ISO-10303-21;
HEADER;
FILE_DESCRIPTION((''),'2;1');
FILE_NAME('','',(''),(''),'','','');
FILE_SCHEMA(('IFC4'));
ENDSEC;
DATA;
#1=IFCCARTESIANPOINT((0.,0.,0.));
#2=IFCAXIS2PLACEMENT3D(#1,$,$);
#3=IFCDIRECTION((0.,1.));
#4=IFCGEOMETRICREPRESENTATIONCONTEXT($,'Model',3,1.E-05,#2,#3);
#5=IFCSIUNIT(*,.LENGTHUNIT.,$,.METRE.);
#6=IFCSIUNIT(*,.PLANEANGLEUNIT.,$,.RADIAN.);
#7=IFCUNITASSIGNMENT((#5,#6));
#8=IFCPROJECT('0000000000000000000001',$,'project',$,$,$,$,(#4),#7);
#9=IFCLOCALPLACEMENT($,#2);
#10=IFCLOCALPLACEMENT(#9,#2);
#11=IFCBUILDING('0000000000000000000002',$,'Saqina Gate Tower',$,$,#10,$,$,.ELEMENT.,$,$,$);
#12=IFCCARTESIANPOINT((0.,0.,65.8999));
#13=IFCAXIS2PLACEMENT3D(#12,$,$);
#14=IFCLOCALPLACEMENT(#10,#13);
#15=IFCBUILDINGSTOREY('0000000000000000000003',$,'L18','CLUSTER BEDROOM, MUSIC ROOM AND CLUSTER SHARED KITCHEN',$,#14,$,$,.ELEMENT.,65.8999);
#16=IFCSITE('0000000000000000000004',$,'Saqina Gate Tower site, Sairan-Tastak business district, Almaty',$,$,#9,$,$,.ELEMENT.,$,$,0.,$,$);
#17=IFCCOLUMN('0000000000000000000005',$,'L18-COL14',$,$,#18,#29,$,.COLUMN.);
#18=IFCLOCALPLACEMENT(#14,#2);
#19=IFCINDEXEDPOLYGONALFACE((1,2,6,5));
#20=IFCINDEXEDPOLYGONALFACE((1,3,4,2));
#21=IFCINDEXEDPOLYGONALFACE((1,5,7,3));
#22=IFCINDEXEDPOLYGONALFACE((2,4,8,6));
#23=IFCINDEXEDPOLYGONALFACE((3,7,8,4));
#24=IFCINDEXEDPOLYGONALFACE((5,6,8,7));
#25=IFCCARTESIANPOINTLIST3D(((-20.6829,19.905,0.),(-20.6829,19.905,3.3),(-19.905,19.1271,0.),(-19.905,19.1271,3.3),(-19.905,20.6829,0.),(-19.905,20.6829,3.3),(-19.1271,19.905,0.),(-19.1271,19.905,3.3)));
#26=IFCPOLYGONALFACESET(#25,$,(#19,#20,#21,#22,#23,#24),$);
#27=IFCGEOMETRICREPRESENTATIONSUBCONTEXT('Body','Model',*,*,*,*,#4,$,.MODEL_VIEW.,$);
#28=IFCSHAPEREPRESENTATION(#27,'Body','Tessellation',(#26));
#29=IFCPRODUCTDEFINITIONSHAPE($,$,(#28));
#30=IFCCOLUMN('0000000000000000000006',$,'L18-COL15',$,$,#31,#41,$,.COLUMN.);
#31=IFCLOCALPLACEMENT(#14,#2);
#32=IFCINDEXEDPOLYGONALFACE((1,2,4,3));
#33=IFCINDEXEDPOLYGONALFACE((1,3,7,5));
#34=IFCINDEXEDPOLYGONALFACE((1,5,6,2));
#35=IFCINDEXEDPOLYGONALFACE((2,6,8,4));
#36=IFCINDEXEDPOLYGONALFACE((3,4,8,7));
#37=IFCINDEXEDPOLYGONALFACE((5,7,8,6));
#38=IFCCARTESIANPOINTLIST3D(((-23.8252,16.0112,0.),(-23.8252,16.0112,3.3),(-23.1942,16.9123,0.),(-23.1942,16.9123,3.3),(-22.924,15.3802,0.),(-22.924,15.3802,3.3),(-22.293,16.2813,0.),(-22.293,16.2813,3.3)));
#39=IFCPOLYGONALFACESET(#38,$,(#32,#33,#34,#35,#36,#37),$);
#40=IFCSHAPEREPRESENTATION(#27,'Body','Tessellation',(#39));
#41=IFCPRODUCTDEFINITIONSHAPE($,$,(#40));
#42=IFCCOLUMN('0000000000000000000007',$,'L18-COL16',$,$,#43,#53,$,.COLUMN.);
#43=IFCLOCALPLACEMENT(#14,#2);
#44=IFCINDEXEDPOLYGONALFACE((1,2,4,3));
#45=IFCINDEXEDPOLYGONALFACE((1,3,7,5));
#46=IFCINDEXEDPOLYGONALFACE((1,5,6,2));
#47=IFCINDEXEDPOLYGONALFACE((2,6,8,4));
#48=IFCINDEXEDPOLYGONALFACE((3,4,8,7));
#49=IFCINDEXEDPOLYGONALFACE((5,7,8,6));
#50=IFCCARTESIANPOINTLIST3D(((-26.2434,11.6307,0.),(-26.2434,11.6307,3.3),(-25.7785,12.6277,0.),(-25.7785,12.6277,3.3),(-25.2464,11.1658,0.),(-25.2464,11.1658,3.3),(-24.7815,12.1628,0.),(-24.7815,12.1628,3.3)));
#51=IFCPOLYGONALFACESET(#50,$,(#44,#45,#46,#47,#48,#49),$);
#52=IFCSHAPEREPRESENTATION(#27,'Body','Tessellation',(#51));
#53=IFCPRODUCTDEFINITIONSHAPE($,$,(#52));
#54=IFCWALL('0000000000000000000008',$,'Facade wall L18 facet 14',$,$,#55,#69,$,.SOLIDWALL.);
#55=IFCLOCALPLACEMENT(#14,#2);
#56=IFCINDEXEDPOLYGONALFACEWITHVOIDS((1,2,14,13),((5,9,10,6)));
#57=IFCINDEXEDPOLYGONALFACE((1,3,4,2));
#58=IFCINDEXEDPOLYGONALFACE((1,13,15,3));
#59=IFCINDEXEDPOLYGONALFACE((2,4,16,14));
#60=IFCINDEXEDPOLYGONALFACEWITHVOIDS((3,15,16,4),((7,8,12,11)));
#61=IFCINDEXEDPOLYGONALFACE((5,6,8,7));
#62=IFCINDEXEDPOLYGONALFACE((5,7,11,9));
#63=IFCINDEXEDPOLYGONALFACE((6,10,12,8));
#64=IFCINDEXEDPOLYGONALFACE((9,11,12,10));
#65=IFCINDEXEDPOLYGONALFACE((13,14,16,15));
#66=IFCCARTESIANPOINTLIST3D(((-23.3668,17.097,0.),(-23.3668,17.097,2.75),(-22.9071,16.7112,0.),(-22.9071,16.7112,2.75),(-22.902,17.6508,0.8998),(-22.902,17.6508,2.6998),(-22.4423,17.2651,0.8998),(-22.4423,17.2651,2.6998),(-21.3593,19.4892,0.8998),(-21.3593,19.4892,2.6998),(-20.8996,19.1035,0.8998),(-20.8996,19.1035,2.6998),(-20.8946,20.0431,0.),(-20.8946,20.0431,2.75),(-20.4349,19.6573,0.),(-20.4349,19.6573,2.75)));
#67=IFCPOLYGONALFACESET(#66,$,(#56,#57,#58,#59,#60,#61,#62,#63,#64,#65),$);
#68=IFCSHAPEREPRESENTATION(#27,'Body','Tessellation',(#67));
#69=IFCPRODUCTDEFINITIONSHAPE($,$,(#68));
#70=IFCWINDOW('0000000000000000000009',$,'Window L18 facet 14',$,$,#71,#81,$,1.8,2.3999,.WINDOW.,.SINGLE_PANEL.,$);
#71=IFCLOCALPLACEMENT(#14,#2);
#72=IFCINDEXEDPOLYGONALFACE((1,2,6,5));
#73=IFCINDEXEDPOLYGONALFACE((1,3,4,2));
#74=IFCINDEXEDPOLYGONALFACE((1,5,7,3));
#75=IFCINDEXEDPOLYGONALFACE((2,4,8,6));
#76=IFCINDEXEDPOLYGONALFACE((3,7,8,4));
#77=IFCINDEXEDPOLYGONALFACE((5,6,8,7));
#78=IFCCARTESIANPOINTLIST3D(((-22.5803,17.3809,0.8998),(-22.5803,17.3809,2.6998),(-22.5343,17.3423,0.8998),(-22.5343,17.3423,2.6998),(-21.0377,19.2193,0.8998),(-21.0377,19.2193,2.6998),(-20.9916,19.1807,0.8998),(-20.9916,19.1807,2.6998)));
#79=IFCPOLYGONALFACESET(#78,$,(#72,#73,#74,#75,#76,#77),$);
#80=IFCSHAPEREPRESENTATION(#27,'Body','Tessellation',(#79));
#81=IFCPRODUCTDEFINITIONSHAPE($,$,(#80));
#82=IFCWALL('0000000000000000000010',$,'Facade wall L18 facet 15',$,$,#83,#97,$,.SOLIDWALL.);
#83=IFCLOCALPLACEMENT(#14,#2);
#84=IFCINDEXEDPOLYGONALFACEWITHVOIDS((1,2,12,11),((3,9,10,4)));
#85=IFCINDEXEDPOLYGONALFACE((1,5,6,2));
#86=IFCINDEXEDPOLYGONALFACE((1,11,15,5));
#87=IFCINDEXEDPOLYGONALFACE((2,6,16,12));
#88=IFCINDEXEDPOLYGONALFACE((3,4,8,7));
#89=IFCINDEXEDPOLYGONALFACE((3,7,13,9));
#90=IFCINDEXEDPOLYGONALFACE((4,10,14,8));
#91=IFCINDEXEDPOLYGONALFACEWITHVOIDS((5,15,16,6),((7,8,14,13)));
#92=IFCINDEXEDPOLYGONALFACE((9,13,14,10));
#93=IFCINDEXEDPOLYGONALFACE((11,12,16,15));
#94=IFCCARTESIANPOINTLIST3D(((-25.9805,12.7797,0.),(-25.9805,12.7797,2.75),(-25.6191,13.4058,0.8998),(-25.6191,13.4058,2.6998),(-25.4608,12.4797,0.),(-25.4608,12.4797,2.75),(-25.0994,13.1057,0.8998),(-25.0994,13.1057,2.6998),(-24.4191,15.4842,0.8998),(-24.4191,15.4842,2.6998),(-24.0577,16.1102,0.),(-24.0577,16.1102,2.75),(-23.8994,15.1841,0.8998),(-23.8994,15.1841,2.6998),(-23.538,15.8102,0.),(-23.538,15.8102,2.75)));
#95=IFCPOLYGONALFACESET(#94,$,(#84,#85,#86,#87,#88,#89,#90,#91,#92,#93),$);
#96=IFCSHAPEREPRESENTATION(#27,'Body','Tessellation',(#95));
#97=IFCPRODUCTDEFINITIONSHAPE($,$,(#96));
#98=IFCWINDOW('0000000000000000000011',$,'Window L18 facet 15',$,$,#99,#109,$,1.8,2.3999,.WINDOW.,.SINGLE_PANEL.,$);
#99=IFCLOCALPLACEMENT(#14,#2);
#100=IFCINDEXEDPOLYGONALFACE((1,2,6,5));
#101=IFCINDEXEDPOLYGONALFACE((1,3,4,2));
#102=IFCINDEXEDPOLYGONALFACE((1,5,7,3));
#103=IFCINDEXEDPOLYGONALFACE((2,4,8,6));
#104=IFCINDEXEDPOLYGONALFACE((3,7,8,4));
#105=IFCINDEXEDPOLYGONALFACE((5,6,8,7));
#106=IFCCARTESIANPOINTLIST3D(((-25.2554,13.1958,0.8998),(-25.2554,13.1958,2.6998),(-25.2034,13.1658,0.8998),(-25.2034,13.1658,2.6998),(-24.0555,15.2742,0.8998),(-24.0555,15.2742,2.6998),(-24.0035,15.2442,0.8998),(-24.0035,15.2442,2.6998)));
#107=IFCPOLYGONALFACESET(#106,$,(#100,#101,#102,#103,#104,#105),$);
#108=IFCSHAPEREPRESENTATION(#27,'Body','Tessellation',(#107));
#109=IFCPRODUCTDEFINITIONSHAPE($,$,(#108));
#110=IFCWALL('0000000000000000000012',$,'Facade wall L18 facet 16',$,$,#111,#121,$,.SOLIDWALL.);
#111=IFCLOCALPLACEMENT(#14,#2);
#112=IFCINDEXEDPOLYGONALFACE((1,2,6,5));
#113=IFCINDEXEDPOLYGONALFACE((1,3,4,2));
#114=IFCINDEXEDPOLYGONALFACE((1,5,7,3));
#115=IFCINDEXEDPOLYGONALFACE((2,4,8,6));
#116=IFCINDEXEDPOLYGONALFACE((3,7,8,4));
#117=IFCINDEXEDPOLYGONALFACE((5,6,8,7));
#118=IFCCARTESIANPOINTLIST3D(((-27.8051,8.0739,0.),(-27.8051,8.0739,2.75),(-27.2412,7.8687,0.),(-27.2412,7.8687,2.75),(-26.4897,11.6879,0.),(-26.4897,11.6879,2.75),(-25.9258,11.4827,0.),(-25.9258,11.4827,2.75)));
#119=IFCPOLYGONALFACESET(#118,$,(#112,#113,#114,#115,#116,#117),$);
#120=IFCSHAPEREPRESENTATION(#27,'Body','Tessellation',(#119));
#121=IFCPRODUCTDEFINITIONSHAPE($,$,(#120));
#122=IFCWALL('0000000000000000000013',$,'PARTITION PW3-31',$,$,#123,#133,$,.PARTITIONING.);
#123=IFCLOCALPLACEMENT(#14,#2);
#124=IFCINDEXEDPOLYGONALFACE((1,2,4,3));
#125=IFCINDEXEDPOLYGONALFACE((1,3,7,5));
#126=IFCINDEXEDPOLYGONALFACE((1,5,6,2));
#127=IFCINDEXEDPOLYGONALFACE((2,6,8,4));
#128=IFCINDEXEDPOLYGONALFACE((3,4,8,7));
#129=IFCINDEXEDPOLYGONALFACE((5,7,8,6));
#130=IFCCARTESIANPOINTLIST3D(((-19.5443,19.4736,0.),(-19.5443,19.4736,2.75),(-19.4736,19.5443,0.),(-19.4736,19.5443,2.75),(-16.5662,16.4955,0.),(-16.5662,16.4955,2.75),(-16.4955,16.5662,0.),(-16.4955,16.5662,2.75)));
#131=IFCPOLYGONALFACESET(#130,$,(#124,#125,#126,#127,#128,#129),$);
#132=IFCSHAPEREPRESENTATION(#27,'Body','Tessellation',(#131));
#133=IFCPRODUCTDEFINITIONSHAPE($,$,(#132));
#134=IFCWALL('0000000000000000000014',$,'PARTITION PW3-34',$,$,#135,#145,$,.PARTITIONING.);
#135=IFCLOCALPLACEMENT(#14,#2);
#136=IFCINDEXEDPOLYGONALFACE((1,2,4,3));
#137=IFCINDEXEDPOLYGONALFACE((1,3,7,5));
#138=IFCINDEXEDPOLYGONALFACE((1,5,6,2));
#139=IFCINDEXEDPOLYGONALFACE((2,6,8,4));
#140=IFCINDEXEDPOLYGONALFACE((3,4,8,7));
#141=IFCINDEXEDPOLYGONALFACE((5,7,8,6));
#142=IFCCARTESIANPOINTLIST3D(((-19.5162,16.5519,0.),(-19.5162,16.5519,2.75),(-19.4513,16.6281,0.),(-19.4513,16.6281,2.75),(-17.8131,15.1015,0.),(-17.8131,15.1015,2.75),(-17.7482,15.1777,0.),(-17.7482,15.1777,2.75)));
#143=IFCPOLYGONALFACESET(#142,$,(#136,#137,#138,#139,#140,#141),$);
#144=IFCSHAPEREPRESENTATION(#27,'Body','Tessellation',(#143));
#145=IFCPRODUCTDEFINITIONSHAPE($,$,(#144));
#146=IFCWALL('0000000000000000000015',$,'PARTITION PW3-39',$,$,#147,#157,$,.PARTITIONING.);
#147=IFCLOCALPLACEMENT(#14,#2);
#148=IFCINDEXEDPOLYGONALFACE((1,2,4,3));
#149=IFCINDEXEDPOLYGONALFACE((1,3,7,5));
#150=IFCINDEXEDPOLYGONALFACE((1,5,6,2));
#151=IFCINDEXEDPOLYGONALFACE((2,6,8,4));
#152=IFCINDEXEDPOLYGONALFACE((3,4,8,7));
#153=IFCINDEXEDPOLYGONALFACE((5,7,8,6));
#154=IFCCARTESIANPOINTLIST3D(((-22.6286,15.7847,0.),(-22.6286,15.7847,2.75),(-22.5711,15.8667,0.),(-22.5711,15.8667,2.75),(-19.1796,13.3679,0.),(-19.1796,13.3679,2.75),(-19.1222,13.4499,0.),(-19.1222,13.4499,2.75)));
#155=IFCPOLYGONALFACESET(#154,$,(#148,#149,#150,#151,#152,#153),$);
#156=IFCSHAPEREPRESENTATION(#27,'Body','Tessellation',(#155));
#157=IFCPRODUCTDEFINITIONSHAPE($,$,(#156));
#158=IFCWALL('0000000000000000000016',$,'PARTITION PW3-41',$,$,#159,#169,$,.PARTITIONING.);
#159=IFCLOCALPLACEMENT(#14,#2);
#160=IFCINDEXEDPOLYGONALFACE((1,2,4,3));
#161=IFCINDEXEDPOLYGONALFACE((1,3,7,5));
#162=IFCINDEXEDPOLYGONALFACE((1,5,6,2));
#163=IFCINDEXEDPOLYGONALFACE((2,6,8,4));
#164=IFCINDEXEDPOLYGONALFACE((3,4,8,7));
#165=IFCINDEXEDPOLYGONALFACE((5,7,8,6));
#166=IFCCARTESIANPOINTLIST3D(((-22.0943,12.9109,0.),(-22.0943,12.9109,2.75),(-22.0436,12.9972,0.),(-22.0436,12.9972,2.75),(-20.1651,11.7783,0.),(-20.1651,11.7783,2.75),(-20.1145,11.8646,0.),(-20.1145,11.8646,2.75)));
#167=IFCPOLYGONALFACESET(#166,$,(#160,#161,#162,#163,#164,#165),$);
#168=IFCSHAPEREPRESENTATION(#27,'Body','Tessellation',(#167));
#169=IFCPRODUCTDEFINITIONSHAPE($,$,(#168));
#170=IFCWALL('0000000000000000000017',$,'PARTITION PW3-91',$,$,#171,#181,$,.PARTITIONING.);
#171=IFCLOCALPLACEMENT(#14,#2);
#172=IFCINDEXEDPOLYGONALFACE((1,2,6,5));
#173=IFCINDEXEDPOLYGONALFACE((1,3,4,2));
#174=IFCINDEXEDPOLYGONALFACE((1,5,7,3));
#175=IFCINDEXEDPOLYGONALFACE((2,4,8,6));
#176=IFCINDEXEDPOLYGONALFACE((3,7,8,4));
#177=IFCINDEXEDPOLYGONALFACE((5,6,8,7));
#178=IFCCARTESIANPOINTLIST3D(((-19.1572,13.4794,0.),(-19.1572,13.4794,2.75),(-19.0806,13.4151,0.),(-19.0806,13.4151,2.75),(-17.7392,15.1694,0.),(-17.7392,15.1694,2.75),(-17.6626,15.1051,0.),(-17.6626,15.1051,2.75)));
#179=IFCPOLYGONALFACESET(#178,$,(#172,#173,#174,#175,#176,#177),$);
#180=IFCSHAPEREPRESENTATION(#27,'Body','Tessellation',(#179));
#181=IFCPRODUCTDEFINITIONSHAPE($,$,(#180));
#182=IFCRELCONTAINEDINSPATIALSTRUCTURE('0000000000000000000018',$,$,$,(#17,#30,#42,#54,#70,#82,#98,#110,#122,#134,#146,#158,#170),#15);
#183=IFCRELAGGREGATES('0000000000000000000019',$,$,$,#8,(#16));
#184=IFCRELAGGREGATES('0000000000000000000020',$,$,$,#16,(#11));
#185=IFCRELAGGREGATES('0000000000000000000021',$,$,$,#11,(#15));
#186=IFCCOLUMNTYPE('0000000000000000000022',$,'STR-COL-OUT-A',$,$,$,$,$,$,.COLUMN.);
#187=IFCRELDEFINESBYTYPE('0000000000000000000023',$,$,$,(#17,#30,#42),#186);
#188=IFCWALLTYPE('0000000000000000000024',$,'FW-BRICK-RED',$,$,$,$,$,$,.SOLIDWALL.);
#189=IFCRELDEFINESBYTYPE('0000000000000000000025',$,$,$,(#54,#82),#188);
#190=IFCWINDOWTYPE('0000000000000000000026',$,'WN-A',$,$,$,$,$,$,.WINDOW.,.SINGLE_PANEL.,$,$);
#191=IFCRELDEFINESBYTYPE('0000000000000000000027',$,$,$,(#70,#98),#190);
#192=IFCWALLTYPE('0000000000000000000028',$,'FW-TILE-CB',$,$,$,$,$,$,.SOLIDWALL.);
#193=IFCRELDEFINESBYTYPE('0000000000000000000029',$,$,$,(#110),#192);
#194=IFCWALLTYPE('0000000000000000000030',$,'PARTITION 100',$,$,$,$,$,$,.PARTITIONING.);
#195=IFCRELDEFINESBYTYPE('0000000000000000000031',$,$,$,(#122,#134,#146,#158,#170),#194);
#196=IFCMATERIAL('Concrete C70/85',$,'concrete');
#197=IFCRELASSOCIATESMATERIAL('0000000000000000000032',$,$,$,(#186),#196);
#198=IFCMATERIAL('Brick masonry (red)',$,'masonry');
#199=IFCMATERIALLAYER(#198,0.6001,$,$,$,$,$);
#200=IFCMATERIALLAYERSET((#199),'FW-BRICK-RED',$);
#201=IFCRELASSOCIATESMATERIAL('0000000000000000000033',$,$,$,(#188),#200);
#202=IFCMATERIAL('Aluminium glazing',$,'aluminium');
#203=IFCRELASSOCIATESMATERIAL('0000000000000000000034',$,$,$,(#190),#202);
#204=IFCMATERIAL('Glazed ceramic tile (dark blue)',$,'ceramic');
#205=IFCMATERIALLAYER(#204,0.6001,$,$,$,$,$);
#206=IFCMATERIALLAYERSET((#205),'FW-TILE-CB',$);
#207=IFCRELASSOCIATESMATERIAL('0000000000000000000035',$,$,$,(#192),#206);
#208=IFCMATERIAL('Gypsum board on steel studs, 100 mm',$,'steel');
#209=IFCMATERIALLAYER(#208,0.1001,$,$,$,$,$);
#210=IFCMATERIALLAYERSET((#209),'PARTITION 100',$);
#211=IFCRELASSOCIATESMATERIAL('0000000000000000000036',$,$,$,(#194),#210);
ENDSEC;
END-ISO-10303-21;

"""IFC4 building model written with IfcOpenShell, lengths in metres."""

from ifc_helpers import new_model, si_unit, direction, frame, frame_2d, origin, origin_2d, place, context, subcontext, project, spatial, rectangle, extrude, material, layer, layer_set, material_profile, profile_set, type_object, element, fill, save


model = new_model("IFC4")

# Units and contexts
model_context = context("Model", 3, precision=1e-05, world=origin(), true_north=direction((0.0, 1.0)))
body_context = subcontext(model_context, "Body", "Model", "MODEL_VIEW")
ifc_project = project(units=[si_unit("LENGTHUNIT", "METRE"), si_unit("PLANEANGLEUNIT", "RADIAN")], contexts=[model_context])

# Site, building, storey
site_placement = place(None, origin())
site = spatial("IfcSite", under=ifc_project, at=site_placement, Name="Saqina Gate Tower site, Sairan-Tastak business district, Almaty", CompositionType="ELEMENT", RefElevation=0.0)
building_placement = place(site_placement, origin())
building = spatial("IfcBuilding", under=site, at=building_placement, Name="Saqina Gate Tower", CompositionType="ELEMENT")
storey_placement = place(building_placement, frame((0.0, 0.0, 65.8999)))
storey = spatial("IfcBuildingStorey", under=building, at=storey_placement, Name="L18", Description="CLUSTER BEDROOM, MUSIC ROOM AND CLUSTER SHARED KITCHEN", CompositionType="ELEMENT", Elevation=65.8999)

# Columns
ifc_material_1 = material(Name="Concrete C70/85", Category="concrete")
ifc_material_profile = material_profile(ifc_material_1, rectangle(XDim=1.1001, YDim=1.1001, at=origin_2d()), Name="RC 1100x1100")
ifc_profile_set = profile_set([ifc_material_profile], Name="Concrete C70/85")
column_type = type_object("IfcColumnType", Name="STR-COL-OUT-A", PredefinedType="COLUMN", material=ifc_profile_set)
for number, where, z_axis, x_axis, name in (
    (1, (-19.905, 19.905, 0.0), (0.0, 0.0, 1.0), (-0.707107, 0.707107, 0.0), "L18-COL14"),
    (2, (-23.0591, 16.1462, 0.0), (0.0, 0.0, 1.0), (-0.819152, 0.573576, 0.0), "L18-COL15"),
    (3, (-25.5125, 11.8967, 0.0), (0.0, 0.0, 1.0), (-0.906308, 0.422618, 0.0), "L18-COL16"),
):
    element("IfcColumn", number, at=place(storey_placement, frame(where, z_axis=z_axis, x_axis=x_axis)), inside=storey, type_object=column_type, Name=name, PredefinedType="COLUMN", context=body_context, shape_type="SweptSolid", body=[
        extrude(rectangle(XDim=1.1001, YDim=1.1001, at=origin_2d()), origin(), (0.0, 0.0, 1.0), 3.3),
    ])

# Walls, openings, windows
ifc_material_2 = material(Name="Brick masonry (red)", Category="masonry")
ifc_layer_1 = layer(ifc_material_2, 0.6001)
ifc_layer_set_1 = layer_set([ifc_layer_1], Name="FW-BRICK-RED")
wall_type_1 = type_object("IfcWallType", Name="FW-BRICK-RED", PredefinedType="SOLIDWALL", material=ifc_layer_set_1)
wall_1_placement = place(storey_placement, frame((-20.6648, 19.8501, 0.0), z_axis=(0.0, 0.0, 1.0), x_axis=(-0.642809, -0.766026, 0.0)))
wall_1 = element("IfcWall", 4, at=wall_1_placement, inside=storey, type_object=wall_type_1, Name="Facade wall L18 facet 14", PredefinedType="SOLIDWALL", context=body_context, shape_type="SweptSolid", body=[
    extrude(rectangle(XDim=3.8459, YDim=0.6001, at=frame_2d((1.9229, 0.0))), origin(), (0.0, 0.0, 1.0), 2.75),
])
opening_1_placement = place(wall_1_placement, frame((0.7229, 0.0, 0.8999)))
opening_1 = element("IfcOpeningElement", 5, at=opening_1_placement, cuts=wall_1, PredefinedType="OPENING", context=body_context, shape_type="SweptSolid", body=[
    extrude(rectangle(XDim=2.3999, YDim=1.8, at=frame_2d((1.2, 0.8999))), frame((0.0, 0.312, 0.0), z_axis=(0.0, -1.0, 0.0), x_axis=(1.0, 0.0, 0.0)), (0.0, 0.0, 1.0), 0.624),
])
ifc_material_3 = material(Name="Aluminium glazing", Category="aluminium")
window_type = type_object("IfcWindowType", Name="WN-A", PartitioningType="SINGLE_PANEL", PredefinedType="WINDOW", material=ifc_material_3)
window_1_placement = place(opening_1_placement, origin())
window_1 = element("IfcWindow", 6, at=window_1_placement, inside=storey, type_object=window_type, Name="Window L18 facet 14", OverallHeight=1.8, OverallWidth=2.3999, PartitioningType="SINGLE_PANEL", PredefinedType="WINDOW", context=body_context, shape_type="SweptSolid", body=[
    extrude(rectangle(XDim=2.3999, YDim=1.8, at=frame_2d((1.2, 0.8999))), frame((0.0, 0.1799, 0.0), z_axis=(0.0, -1.0, 0.0), x_axis=(1.0, 0.0, 0.0)), (0.0, 0.0, 1.0), 0.0601),
])
fill(opening_1, window_1)
wall_2_placement = place(storey_placement, frame((-23.7979, 15.9602, 0.0), z_axis=(0.0, 0.0, 1.0), x_axis=(-0.49999, -0.866031, 0.0)))
wall_2 = element("IfcWall", 7, at=wall_2_placement, inside=storey, type_object=wall_type_1, Name="Facade wall L18 facet 15", PredefinedType="SOLIDWALL", context=body_context, shape_type="SweptSolid", body=[
    extrude(rectangle(XDim=3.8457, YDim=0.6001, at=frame_2d((1.9229, 0.0))), origin(), (0.0, 0.0, 1.0), 2.75),
])
opening_2_placement = place(wall_2_placement, frame((0.7229, 0.0, 0.8999)))
opening_2 = element("IfcOpeningElement", 8, at=opening_2_placement, cuts=wall_2, PredefinedType="OPENING", context=body_context, shape_type="SweptSolid", body=[
    extrude(rectangle(XDim=2.3999, YDim=1.8, at=frame_2d((1.2, 0.8999))), frame((0.0, 0.312, 0.0), z_axis=(0.0, -1.0, 0.0), x_axis=(1.0, 0.0, 0.0)), (0.0, 0.0, 1.0), 0.624),
])
window_2_placement = place(opening_2_placement, origin())
window_2 = element("IfcWindow", 9, at=window_2_placement, inside=storey, type_object=window_type, Name="Window L18 facet 15", OverallHeight=1.8, OverallWidth=2.3999, PartitioningType="SINGLE_PANEL", PredefinedType="WINDOW", context=body_context, shape_type="SweptSolid", body=[
    extrude(rectangle(XDim=2.3999, YDim=1.8, at=frame_2d((1.2, 0.8999))), frame((0.0, 0.1799, 0.0), z_axis=(0.0, -1.0, 0.0), x_axis=(1.0, 0.0, 0.0)), (0.0, 0.0, 1.0), 0.0601),
])
fill(opening_2, window_2)

# Walls
ifc_material_4 = material(Name="Glazed ceramic tile (dark blue)", Category="ceramic")
ifc_layer_2 = layer(ifc_material_4, 0.6001)
ifc_layer_set_2 = layer_set([ifc_layer_2], Name="FW-TILE-CB")
wall_type_2 = type_object("IfcWallType", Name="FW-TILE-CB", PredefinedType="SOLIDWALL", material=ifc_layer_set_2)
wall_3_placement = place(storey_placement, frame((-26.2078, 11.5852, 0.0), z_axis=(0.0, 0.0, 1.0), x_axis=(-0.342028, -0.93969, 0.0)))
element("IfcWall", 10, at=wall_3_placement, inside=storey, type_object=wall_type_2, Name="Facade wall L18 facet 16", PredefinedType="SOLIDWALL", context=body_context, shape_type="SweptSolid", body=[
    extrude(rectangle(XDim=3.8459, YDim=0.6001, at=frame_2d((1.9229, 0.0))), origin(), (0.0, 0.0, 1.0), 2.75),
])
ifc_material_5 = material(Name="Gypsum board on steel studs, 100 mm", Category="steel")
ifc_layer_3 = layer(ifc_material_5, 0.1001)
ifc_layer_set_3 = layer_set([ifc_layer_3], Name="PARTITION 100")
wall_type_3 = type_object("IfcWallType", Name="PARTITION 100", PredefinedType="PARTITIONING", material=ifc_layer_set_3)
wall_4_placement = place(storey_placement, frame((-19.509, 19.509, 0.0), z_axis=(0.0, 0.0, 1.0), x_axis=(0.707107, -0.707107, 0.0)))
element("IfcWall", 11, at=wall_4_placement, inside=storey, type_object=wall_type_3, Name="PARTITION PW3-31", PredefinedType="PARTITIONING", context=body_context, shape_type="SweptSolid", body=[
    extrude(rectangle(XDim=4.2117, YDim=0.1001, at=frame_2d((2.106, 0.0))), origin(), (0.0, 0.0, 1.0), 2.75),
])
wall_5_placement = place(storey_placement, frame((-19.4839, 16.5901, 0.0), z_axis=(0.0, 0.0, 1.0), x_axis=(0.761325, -0.64837, 0.0)))
element("IfcWall", 12, at=wall_5_placement, inside=storey, type_object=wall_type_3, Name="PARTITION PW3-34", PredefinedType="PARTITIONING", context=body_context, shape_type="SweptSolid", body=[
    extrude(rectangle(XDim=2.2371, YDim=0.1001, at=frame_2d((1.1187, 0.0))), origin(), (0.0, 0.0, 1.0), 2.75),
])
wall_6_placement = place(storey_placement, frame((-22.5999, 15.8257, 0.0), z_axis=(0.0, 0.0, 1.0), x_axis=(0.818957, -0.573855, 0.0)))
element("IfcWall", 13, at=wall_6_placement, inside=storey, type_object=wall_type_3, Name="PARTITION PW3-39", PredefinedType="PARTITIONING", context=body_context, shape_type="SweptSolid", body=[
    extrude(rectangle(XDim=4.2114, YDim=0.1001, at=frame_2d((2.1057, 0.0))), origin(), (0.0, 0.0, 1.0), 2.75),
])
wall_7_placement = place(storey_placement, frame((-22.0691, 12.9541, 0.0), z_axis=(0.0, 0.0, 1.0), x_axis=(0.862374, -0.506271, 0.0)))
element("IfcWall", 14, at=wall_7_placement, inside=storey, type_object=wall_type_3, Name="PARTITION PW3-41", PredefinedType="PARTITIONING", context=body_context, shape_type="SweptSolid", body=[
    extrude(rectangle(XDim=2.2371, YDim=0.1001, at=frame_2d((1.1187, 0.0))), origin(), (0.0, 0.0, 1.0), 2.75),
])
wall_8_placement = place(storey_placement, frame((-19.1189, 13.4473, 0.0), z_axis=(0.0, 0.0, 1.0), x_axis=(0.642772, 0.766058, 0.0)))
element("IfcWall", 15, at=wall_8_placement, inside=storey, type_object=wall_type_3, Name="PARTITION PW3-91", PredefinedType="PARTITIONING", context=body_context, shape_type="SweptSolid", body=[
    extrude(rectangle(XDim=2.2061, YDim=0.1001, at=frame_2d((1.103, 0.0))), origin(), (0.0, 0.0, 1.0), 2.75),
])

save(model, "model.ifc")
